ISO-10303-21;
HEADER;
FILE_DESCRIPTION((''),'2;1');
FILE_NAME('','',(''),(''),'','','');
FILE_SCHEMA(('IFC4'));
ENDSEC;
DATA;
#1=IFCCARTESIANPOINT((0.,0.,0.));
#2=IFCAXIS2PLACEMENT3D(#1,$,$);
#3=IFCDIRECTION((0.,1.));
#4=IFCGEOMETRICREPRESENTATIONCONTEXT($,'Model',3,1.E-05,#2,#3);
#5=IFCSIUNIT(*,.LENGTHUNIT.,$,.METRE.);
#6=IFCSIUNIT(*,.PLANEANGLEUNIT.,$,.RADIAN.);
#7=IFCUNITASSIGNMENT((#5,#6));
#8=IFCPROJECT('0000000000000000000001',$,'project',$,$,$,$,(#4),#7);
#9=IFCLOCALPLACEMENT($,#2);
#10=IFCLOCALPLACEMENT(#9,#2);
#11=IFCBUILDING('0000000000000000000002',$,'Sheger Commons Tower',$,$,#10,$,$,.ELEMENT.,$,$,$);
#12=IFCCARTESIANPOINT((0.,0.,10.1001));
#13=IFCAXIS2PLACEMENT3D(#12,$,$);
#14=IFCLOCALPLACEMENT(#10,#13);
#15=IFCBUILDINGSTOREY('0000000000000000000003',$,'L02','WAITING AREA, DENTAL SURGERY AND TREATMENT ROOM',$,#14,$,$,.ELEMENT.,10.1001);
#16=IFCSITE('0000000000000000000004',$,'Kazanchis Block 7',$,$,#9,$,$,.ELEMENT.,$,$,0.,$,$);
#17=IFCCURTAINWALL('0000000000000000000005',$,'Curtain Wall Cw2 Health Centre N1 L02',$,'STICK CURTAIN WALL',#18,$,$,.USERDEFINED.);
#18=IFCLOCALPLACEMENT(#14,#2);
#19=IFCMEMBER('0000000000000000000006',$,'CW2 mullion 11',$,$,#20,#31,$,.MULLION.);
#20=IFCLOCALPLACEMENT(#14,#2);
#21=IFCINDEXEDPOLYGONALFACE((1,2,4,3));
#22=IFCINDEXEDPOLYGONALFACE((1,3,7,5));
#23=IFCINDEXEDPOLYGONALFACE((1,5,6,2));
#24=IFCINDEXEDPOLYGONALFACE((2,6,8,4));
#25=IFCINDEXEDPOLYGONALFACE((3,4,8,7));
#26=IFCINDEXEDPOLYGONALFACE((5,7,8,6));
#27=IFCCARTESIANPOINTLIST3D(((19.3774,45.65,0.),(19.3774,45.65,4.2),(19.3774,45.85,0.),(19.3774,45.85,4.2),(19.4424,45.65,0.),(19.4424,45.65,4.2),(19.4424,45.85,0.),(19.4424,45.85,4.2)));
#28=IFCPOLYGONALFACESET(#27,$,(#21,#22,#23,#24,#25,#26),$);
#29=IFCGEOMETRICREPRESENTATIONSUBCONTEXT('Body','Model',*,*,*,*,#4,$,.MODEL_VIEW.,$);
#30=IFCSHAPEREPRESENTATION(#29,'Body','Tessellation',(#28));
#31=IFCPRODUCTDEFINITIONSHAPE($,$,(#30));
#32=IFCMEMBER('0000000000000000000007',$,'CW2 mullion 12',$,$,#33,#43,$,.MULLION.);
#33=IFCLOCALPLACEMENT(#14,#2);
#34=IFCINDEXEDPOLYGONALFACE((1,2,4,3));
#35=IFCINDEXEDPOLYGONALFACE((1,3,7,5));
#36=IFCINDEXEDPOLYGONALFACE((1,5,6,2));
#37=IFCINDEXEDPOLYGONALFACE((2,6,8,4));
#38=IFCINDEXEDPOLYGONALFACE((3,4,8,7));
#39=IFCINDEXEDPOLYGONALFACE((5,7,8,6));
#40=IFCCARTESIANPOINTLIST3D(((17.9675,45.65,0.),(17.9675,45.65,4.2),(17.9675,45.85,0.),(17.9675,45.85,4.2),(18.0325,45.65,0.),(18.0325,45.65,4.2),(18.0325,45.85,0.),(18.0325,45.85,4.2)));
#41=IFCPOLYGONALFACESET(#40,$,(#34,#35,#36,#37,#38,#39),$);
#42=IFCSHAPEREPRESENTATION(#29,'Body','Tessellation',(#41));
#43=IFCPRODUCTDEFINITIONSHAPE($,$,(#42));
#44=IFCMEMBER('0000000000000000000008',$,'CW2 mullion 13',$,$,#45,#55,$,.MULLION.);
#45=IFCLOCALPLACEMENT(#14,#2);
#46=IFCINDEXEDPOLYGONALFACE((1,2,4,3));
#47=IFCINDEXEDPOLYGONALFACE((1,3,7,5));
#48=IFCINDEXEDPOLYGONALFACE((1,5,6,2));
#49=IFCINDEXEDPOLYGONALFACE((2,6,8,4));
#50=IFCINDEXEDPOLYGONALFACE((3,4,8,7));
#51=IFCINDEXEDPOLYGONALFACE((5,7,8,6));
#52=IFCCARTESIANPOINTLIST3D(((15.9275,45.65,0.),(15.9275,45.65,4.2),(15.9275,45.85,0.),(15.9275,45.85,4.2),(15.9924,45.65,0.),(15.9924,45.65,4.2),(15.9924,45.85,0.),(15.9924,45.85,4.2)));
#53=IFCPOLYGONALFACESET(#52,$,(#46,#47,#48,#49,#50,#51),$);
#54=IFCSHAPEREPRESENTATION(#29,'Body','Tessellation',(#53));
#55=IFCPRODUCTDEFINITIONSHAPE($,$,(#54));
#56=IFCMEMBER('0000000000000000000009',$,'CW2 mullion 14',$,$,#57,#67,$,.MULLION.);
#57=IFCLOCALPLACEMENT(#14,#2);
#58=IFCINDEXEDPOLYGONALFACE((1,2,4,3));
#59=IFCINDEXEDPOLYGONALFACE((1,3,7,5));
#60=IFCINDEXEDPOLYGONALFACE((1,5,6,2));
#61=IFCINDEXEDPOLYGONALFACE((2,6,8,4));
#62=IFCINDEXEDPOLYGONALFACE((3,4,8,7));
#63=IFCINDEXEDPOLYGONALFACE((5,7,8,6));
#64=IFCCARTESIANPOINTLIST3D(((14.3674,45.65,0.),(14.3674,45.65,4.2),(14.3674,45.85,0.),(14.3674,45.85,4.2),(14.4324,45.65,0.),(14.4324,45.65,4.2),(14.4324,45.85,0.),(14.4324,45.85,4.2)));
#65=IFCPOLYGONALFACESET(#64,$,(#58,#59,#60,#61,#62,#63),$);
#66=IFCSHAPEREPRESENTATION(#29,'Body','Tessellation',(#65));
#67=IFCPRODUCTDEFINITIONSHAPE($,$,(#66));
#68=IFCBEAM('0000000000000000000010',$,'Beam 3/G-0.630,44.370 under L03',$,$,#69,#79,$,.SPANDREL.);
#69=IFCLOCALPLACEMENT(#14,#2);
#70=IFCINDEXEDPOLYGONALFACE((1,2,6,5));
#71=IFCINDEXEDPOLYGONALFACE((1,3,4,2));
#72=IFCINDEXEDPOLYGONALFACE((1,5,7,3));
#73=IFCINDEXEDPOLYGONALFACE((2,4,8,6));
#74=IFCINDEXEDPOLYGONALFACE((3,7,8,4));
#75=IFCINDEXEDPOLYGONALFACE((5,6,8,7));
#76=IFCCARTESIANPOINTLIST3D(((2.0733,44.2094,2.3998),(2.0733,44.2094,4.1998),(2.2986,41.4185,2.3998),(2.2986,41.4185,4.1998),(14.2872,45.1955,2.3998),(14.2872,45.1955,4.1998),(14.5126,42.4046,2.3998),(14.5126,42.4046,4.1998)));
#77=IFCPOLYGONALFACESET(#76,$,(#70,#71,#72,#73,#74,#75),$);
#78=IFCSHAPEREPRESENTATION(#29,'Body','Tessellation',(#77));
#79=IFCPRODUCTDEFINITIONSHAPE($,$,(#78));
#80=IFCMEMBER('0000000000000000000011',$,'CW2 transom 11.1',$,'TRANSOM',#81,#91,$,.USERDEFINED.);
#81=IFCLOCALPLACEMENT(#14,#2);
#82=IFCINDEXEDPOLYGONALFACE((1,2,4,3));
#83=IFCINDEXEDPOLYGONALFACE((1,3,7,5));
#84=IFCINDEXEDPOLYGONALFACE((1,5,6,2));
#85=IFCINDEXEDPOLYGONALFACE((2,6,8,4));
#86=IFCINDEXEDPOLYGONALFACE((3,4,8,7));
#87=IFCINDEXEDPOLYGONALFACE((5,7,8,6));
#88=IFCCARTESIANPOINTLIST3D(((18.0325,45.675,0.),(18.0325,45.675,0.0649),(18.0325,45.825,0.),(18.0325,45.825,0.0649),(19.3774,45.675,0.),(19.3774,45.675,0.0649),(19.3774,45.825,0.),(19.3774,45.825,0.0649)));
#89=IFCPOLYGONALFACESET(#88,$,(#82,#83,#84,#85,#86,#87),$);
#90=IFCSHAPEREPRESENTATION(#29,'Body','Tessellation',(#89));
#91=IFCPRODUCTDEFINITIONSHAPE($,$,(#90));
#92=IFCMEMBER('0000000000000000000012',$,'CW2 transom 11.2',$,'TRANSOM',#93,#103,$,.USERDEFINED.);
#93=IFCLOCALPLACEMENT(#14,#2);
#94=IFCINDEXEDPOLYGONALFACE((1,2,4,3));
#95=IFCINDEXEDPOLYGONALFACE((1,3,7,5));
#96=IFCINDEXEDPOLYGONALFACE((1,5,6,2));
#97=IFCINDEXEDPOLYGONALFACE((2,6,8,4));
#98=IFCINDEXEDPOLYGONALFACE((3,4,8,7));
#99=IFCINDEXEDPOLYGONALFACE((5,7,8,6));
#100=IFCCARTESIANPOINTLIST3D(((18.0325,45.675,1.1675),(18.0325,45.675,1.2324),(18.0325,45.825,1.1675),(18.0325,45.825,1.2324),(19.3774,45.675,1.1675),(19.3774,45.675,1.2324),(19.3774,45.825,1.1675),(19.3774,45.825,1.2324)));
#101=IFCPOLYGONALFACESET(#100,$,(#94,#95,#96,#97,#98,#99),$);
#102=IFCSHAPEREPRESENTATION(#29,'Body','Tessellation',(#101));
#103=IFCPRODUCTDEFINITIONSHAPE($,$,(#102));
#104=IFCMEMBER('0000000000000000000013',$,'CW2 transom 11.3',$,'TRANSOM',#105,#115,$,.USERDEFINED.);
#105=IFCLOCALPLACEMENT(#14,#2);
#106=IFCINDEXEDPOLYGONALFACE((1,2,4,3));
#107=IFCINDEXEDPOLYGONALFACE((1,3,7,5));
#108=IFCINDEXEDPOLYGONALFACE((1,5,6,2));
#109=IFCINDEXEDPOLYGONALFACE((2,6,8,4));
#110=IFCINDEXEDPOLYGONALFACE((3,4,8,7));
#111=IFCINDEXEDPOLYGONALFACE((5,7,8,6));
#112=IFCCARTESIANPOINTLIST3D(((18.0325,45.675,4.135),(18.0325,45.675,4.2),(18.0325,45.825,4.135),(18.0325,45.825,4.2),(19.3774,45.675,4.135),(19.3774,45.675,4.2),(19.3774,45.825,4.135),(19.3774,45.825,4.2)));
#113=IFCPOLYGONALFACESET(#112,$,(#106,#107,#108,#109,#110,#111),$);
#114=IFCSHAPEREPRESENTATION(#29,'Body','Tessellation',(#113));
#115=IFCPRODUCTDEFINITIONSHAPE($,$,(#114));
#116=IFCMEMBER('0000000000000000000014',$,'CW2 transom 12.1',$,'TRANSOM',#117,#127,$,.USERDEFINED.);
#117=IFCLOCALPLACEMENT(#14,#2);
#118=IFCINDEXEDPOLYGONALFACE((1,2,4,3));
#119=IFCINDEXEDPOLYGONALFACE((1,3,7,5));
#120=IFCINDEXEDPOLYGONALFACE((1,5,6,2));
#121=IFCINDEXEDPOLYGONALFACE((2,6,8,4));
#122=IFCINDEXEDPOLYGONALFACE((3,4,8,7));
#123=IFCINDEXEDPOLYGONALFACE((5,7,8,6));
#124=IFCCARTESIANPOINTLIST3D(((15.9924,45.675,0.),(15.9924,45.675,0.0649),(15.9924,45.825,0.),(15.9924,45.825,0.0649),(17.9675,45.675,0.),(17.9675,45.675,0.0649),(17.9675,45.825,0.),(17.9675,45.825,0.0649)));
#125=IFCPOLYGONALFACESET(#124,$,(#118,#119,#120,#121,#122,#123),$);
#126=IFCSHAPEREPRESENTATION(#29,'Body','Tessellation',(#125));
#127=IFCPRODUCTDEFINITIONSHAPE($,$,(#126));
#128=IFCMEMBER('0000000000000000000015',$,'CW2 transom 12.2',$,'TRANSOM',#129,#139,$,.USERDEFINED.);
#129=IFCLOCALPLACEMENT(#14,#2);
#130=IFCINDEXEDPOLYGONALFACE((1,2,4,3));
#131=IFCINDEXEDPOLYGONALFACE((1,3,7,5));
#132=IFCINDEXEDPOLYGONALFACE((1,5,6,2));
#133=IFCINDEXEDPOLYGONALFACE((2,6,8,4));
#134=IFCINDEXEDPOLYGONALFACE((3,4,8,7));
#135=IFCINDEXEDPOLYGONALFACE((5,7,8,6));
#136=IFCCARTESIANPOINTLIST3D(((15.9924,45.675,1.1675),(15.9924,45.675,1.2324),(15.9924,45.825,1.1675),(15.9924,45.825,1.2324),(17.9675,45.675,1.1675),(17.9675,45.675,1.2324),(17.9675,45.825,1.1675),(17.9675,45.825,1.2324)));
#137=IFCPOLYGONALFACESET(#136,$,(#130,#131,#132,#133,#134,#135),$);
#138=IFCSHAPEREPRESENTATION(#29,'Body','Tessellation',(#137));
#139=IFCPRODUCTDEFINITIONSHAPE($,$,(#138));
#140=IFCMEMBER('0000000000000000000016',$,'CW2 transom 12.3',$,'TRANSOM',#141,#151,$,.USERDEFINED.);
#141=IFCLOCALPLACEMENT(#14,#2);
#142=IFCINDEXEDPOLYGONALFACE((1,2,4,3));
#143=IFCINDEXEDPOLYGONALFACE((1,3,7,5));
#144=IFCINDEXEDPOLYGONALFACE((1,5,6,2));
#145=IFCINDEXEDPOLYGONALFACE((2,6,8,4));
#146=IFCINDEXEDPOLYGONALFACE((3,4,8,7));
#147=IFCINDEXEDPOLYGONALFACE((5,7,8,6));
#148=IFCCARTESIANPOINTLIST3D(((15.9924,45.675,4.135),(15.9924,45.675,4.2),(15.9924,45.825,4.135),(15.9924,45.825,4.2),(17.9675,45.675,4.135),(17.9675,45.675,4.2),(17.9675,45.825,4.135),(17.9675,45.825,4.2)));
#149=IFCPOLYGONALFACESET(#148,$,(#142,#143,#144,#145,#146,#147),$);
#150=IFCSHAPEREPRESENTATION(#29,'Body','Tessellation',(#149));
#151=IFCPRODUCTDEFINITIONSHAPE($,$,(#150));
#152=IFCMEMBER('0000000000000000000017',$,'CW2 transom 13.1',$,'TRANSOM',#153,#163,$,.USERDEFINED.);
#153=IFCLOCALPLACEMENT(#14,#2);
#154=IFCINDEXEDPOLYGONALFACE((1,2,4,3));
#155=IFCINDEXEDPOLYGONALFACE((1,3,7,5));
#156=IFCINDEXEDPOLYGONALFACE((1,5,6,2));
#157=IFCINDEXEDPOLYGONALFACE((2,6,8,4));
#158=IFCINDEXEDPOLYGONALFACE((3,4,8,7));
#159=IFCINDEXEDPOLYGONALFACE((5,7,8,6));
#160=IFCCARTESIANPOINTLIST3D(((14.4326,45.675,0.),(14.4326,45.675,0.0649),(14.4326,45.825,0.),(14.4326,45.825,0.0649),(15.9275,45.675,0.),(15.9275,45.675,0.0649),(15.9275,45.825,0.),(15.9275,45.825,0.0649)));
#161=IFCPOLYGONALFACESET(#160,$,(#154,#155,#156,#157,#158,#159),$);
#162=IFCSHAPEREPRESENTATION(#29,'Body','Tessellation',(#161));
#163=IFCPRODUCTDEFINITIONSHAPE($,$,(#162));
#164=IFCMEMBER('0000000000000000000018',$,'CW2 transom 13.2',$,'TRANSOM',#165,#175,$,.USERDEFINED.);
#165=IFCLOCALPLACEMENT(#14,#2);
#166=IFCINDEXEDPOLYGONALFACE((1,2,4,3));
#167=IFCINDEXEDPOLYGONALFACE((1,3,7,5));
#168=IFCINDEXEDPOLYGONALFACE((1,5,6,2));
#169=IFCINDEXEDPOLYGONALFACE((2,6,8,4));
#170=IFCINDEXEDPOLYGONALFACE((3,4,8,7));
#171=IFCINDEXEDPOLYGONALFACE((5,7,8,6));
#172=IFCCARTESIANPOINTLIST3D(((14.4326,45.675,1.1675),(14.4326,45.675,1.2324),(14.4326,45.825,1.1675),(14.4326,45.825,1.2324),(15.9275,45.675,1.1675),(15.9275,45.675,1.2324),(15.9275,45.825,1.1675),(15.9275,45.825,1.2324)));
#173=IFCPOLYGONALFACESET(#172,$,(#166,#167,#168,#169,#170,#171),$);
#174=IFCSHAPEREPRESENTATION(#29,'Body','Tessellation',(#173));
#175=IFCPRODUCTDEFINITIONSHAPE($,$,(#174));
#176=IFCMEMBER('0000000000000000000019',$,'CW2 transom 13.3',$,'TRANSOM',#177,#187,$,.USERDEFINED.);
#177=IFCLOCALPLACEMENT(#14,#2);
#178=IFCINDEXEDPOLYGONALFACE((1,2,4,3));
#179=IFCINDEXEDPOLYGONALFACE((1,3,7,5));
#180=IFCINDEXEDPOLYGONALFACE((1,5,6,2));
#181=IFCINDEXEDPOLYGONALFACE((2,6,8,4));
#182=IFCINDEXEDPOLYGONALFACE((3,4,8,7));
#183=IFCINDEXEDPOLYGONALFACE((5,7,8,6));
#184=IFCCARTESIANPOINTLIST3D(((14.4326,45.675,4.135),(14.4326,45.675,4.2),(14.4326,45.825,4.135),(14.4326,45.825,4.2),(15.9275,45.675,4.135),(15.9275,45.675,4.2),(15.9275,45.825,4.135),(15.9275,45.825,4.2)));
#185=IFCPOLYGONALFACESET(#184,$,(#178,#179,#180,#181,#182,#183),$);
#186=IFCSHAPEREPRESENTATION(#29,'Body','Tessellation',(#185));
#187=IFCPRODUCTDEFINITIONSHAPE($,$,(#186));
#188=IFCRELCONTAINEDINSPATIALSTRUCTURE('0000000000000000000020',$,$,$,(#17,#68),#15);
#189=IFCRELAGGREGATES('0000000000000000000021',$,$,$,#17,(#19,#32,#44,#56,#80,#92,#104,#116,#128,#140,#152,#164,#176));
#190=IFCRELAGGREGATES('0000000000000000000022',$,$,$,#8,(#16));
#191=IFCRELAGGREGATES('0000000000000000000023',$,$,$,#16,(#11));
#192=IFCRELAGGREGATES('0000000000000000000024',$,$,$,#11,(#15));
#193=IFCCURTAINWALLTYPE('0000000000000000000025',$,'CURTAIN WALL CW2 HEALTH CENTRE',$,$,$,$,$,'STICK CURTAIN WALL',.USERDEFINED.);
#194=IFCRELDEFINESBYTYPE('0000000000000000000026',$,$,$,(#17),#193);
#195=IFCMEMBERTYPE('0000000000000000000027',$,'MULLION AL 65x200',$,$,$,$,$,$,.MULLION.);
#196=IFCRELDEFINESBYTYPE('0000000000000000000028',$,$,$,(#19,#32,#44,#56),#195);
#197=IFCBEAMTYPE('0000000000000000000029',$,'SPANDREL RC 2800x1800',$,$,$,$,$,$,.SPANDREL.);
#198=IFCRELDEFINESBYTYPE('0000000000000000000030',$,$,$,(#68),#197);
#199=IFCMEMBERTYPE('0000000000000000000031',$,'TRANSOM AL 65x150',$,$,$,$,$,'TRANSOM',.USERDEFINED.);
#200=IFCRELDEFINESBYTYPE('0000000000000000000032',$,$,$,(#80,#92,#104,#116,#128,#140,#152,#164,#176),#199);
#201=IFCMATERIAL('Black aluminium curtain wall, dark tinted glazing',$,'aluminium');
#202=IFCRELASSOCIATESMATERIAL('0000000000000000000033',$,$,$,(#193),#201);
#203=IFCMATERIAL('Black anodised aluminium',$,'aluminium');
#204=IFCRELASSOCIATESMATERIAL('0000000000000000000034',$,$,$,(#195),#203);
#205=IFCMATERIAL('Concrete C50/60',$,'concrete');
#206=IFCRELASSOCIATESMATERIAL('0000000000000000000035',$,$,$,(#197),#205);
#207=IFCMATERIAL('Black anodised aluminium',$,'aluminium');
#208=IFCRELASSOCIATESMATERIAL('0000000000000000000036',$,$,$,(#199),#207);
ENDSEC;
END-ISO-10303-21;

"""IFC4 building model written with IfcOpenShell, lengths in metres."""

from ifc_helpers import new_model, si_unit, direction, frame, origin, origin_2d, place, context, subcontext, project, spatial, rectangle, extrude, material, material_profile, profile_set, type_object, element, aggregate, save


model = new_model("IFC4")

# Units and contexts
model_context = context("Model", 3, precision=1e-05, world=origin(), true_north=direction((0.0, 1.0)))
body_context = subcontext(model_context, "Body", "Model", "MODEL_VIEW")
ifc_project = project(units=[si_unit("LENGTHUNIT", "METRE"), si_unit("PLANEANGLEUNIT", "RADIAN")], contexts=[model_context])

# Site, building, storey
site_placement = place(None, origin())
site = spatial("IfcSite", under=ifc_project, at=site_placement, Name="Kazanchis Block 7", CompositionType="ELEMENT", RefElevation=0.0)
building_placement = place(site_placement, origin())
building = spatial("IfcBuilding", under=site, at=building_placement, Name="Sheger Commons Tower", CompositionType="ELEMENT")
storey_placement = place(building_placement, frame((0.0, 0.0, 10.1001)))
storey = spatial("IfcBuildingStorey", under=building, at=storey_placement, Name="L02", Description="WAITING AREA, DENTAL SURGERY AND TREATMENT ROOM", CompositionType="ELEMENT", Elevation=10.1001)

# Curtain wall, members
ifc_material_1 = material(Name="Black aluminium curtain wall, dark tinted glazing", Category="aluminium")
curtain_wall_type = type_object("IfcCurtainWallType", Name="CURTAIN WALL CW2 HEALTH CENTRE", ElementType="STICK CURTAIN WALL", PredefinedType="USERDEFINED", material=ifc_material_1)
curtain_wall_placement = place(storey_placement, origin())
curtain_wall = element("IfcCurtainWall", 1, at=curtain_wall_placement, inside=storey, type_object=curtain_wall_type, Name="Curtain Wall Cw2 Health Centre N1 L02", ObjectType="STICK CURTAIN WALL", PredefinedType="USERDEFINED")
ifc_material_2 = material(Name="Black anodised aluminium", Category="aluminium")
ifc_material_profile_1 = material_profile(ifc_material_2, rectangle(XDim=0.2, YDim=0.0649, at=origin_2d()), Name="AL 65x200")
ifc_profile_set_1 = profile_set([ifc_material_profile_1], Name="Black anodised aluminium")
member_type_1 = type_object("IfcMemberType", Name="MULLION AL 65x200", PredefinedType="MULLION", material=ifc_profile_set_1)
member_1_placement = place(storey_placement, frame((19.4099, 45.75, 0.0), z_axis=(0.0, 0.0, 1.0), x_axis=(0.0, -1.0, 0.0)))
member_1 = element("IfcMember", 2, at=member_1_placement, type_object=member_type_1, Name="CW2 mullion 11", PredefinedType="MULLION", context=body_context, shape_type="SweptSolid", body=[
    extrude(rectangle(XDim=0.2, YDim=0.0649, at=origin_2d()), origin(), (0.0, 0.0, 1.0), 4.2),
])
member_2_placement = place(storey_placement, frame((18.0, 45.75, 0.0), z_axis=(0.0, 0.0, 1.0), x_axis=(0.0, -1.0, 0.0)))
member_2 = element("IfcMember", 3, at=member_2_placement, type_object=member_type_1, Name="CW2 mullion 12", PredefinedType="MULLION", context=body_context, shape_type="SweptSolid", body=[
    extrude(rectangle(XDim=0.2, YDim=0.0649, at=origin_2d()), origin(), (0.0, 0.0, 1.0), 4.2),
])
member_3_placement = place(storey_placement, frame((15.96, 45.75, 0.0), z_axis=(0.0, 0.0, 1.0), x_axis=(0.0, -1.0, 0.0)))
member_3 = element("IfcMember", 4, at=member_3_placement, type_object=member_type_1, Name="CW2 mullion 13", PredefinedType="MULLION", context=body_context, shape_type="SweptSolid", body=[
    extrude(rectangle(XDim=0.2, YDim=0.0649, at=origin_2d()), origin(), (0.0, 0.0, 1.0), 4.2),
])
member_4_placement = place(storey_placement, frame((14.3999, 45.75, 0.0), z_axis=(0.0, 0.0, 1.0), x_axis=(0.0, -1.0, 0.0)))
member_4 = element("IfcMember", 5, at=member_4_placement, type_object=member_type_1, Name="CW2 mullion 14", PredefinedType="MULLION", context=body_context, shape_type="SweptSolid", body=[
    extrude(rectangle(XDim=0.2, YDim=0.0649, at=origin_2d()), origin(), (0.0, 0.0, 1.0), 4.2),
])

# Beam
ifc_material_3 = material(Name="Concrete C50/60", Category="concrete")
ifc_material_profile_2 = material_profile(ifc_material_3, rectangle(XDim=2.8, YDim=1.8, at=origin_2d()), Name="RC 2800x1800")
ifc_profile_set_2 = profile_set([ifc_material_profile_2], Name="Concrete C50/60")
beam_type = type_object("IfcBeamType", Name="SPANDREL RC 2800x1800", PredefinedType="SPANDREL", material=ifc_profile_set_2)
beam_placement = place(storey_placement, frame((14.3999, 43.8, 3.2998), z_axis=(-0.996757, -0.080473, 0.0), x_axis=(0.080473, -0.996757, 0.0)))
element("IfcBeam", 6, at=beam_placement, inside=storey, type_object=beam_type, Name="Beam 3/G-0.630,44.370 under L03", PredefinedType="SPANDREL", context=body_context, shape_type="SweptSolid", body=[
    extrude(rectangle(XDim=2.8, YDim=1.8, at=origin_2d()), origin(), (0.0, 0.0, 1.0), 12.2537),
])

# Members
ifc_material_4 = material(Name="Black anodised aluminium", Category="aluminium")
ifc_material_profile_3 = material_profile(ifc_material_4, rectangle(XDim=0.1499, YDim=0.0649, at=origin_2d()), Name="AL 65x150")
ifc_profile_set_3 = profile_set([ifc_material_profile_3], Name="Black anodised aluminium")
member_type_2 = type_object("IfcMemberType", Name="TRANSOM AL 65x150", ElementType="TRANSOM", PredefinedType="USERDEFINED", material=ifc_profile_set_3)
member_5_placement = place(storey_placement, frame((19.3774, 45.75, 0.0325), z_axis=(-1.0, 0.0, 0.0), x_axis=(0.0, -1.0, 0.0)))
member_5 = element("IfcMember", 7, at=member_5_placement, type_object=member_type_2, Name="CW2 transom 11.1", ObjectType="TRANSOM", PredefinedType="USERDEFINED", context=body_context, shape_type="SweptSolid", body=[
    extrude(rectangle(XDim=0.1499, YDim=0.0649, at=origin_2d()), origin(), (0.0, 0.0, 1.0), 1.345),
])
member_6_placement = place(storey_placement, frame((19.3774, 45.75, 1.2), z_axis=(-1.0, 0.0, 0.0), x_axis=(0.0, -1.0, 0.0)))
member_6 = element("IfcMember", 8, at=member_6_placement, type_object=member_type_2, Name="CW2 transom 11.2", ObjectType="TRANSOM", PredefinedType="USERDEFINED", context=body_context, shape_type="SweptSolid", body=[
    extrude(rectangle(XDim=0.1499, YDim=0.0649, at=origin_2d()), origin(), (0.0, 0.0, 1.0), 1.345),
])
member_7_placement = place(storey_placement, frame((19.3774, 45.75, 4.1675), z_axis=(-1.0, 0.0, 0.0), x_axis=(0.0, -1.0, 0.0)))
member_7 = element("IfcMember", 9, at=member_7_placement, type_object=member_type_2, Name="CW2 transom 11.3", ObjectType="TRANSOM", PredefinedType="USERDEFINED", context=body_context, shape_type="SweptSolid", body=[
    extrude(rectangle(XDim=0.1499, YDim=0.0649, at=origin_2d()), origin(), (0.0, 0.0, 1.0), 1.345),
])
member_8_placement = place(storey_placement, frame((17.9675, 45.75, 0.0325), z_axis=(-1.0, 0.0, 0.0), x_axis=(0.0, -1.0, 0.0)))
member_8 = element("IfcMember", 10, at=member_8_placement, type_object=member_type_2, Name="CW2 transom 12.1", ObjectType="TRANSOM", PredefinedType="USERDEFINED", context=body_context, shape_type="SweptSolid", body=[
    extrude(rectangle(XDim=0.1499, YDim=0.0649, at=origin_2d()), origin(), (0.0, 0.0, 1.0), 1.9751),
])
member_9_placement = place(storey_placement, frame((17.9675, 45.75, 1.2), z_axis=(-1.0, 0.0, 0.0), x_axis=(0.0, -1.0, 0.0)))
member_9 = element("IfcMember", 11, at=member_9_placement, type_object=member_type_2, Name="CW2 transom 12.2", ObjectType="TRANSOM", PredefinedType="USERDEFINED", context=body_context, shape_type="SweptSolid", body=[
    extrude(rectangle(XDim=0.1499, YDim=0.0649, at=origin_2d()), origin(), (0.0, 0.0, 1.0), 1.9751),
])
member_10_placement = place(storey_placement, frame((17.9675, 45.75, 4.1675), z_axis=(-1.0, 0.0, 0.0), x_axis=(0.0, -1.0, 0.0)))
member_10 = element("IfcMember", 12, at=member_10_placement, type_object=member_type_2, Name="CW2 transom 12.3", ObjectType="TRANSOM", PredefinedType="USERDEFINED", context=body_context, shape_type="SweptSolid", body=[
    extrude(rectangle(XDim=0.1499, YDim=0.0649, at=origin_2d()), origin(), (0.0, 0.0, 1.0), 1.9751),
])
member_11_placement = place(storey_placement, frame((15.9275, 45.75, 0.0325), z_axis=(-1.0, 0.0, 0.0), x_axis=(0.0, -1.0, 0.0)))
member_11 = element("IfcMember", 13, at=member_11_placement, type_object=member_type_2, Name="CW2 transom 13.1", ObjectType="TRANSOM", PredefinedType="USERDEFINED", context=body_context, shape_type="SweptSolid", body=[
    extrude(rectangle(XDim=0.1499, YDim=0.0649, at=origin_2d()), origin(), (0.0, 0.0, 1.0), 1.4949),
])
member_12_placement = place(storey_placement, frame((15.9275, 45.75, 1.2), z_axis=(-1.0, 0.0, 0.0), x_axis=(0.0, -1.0, 0.0)))
member_12 = element("IfcMember", 14, at=member_12_placement, type_object=member_type_2, Name="CW2 transom 13.2", ObjectType="TRANSOM", PredefinedType="USERDEFINED", context=body_context, shape_type="SweptSolid", body=[
    extrude(rectangle(XDim=0.1499, YDim=0.0649, at=origin_2d()), origin(), (0.0, 0.0, 1.0), 1.4949),
])
member_13_placement = place(storey_placement, frame((15.9275, 45.75, 4.1675), z_axis=(-1.0, 0.0, 0.0), x_axis=(0.0, -1.0, 0.0)))
member_13 = element("IfcMember", 15, at=member_13_placement, type_object=member_type_2, Name="CW2 transom 13.3", ObjectType="TRANSOM", PredefinedType="USERDEFINED", context=body_context, shape_type="SweptSolid", body=[
    extrude(rectangle(XDim=0.1499, YDim=0.0649, at=origin_2d()), origin(), (0.0, 0.0, 1.0), 1.4949),
])

aggregate(curtain_wall, [member_1, member_2, member_3, member_4, member_5, member_6, member_7, member_8, member_9, member_10, member_11, member_12, member_13])

save(model, "model.ifc")
